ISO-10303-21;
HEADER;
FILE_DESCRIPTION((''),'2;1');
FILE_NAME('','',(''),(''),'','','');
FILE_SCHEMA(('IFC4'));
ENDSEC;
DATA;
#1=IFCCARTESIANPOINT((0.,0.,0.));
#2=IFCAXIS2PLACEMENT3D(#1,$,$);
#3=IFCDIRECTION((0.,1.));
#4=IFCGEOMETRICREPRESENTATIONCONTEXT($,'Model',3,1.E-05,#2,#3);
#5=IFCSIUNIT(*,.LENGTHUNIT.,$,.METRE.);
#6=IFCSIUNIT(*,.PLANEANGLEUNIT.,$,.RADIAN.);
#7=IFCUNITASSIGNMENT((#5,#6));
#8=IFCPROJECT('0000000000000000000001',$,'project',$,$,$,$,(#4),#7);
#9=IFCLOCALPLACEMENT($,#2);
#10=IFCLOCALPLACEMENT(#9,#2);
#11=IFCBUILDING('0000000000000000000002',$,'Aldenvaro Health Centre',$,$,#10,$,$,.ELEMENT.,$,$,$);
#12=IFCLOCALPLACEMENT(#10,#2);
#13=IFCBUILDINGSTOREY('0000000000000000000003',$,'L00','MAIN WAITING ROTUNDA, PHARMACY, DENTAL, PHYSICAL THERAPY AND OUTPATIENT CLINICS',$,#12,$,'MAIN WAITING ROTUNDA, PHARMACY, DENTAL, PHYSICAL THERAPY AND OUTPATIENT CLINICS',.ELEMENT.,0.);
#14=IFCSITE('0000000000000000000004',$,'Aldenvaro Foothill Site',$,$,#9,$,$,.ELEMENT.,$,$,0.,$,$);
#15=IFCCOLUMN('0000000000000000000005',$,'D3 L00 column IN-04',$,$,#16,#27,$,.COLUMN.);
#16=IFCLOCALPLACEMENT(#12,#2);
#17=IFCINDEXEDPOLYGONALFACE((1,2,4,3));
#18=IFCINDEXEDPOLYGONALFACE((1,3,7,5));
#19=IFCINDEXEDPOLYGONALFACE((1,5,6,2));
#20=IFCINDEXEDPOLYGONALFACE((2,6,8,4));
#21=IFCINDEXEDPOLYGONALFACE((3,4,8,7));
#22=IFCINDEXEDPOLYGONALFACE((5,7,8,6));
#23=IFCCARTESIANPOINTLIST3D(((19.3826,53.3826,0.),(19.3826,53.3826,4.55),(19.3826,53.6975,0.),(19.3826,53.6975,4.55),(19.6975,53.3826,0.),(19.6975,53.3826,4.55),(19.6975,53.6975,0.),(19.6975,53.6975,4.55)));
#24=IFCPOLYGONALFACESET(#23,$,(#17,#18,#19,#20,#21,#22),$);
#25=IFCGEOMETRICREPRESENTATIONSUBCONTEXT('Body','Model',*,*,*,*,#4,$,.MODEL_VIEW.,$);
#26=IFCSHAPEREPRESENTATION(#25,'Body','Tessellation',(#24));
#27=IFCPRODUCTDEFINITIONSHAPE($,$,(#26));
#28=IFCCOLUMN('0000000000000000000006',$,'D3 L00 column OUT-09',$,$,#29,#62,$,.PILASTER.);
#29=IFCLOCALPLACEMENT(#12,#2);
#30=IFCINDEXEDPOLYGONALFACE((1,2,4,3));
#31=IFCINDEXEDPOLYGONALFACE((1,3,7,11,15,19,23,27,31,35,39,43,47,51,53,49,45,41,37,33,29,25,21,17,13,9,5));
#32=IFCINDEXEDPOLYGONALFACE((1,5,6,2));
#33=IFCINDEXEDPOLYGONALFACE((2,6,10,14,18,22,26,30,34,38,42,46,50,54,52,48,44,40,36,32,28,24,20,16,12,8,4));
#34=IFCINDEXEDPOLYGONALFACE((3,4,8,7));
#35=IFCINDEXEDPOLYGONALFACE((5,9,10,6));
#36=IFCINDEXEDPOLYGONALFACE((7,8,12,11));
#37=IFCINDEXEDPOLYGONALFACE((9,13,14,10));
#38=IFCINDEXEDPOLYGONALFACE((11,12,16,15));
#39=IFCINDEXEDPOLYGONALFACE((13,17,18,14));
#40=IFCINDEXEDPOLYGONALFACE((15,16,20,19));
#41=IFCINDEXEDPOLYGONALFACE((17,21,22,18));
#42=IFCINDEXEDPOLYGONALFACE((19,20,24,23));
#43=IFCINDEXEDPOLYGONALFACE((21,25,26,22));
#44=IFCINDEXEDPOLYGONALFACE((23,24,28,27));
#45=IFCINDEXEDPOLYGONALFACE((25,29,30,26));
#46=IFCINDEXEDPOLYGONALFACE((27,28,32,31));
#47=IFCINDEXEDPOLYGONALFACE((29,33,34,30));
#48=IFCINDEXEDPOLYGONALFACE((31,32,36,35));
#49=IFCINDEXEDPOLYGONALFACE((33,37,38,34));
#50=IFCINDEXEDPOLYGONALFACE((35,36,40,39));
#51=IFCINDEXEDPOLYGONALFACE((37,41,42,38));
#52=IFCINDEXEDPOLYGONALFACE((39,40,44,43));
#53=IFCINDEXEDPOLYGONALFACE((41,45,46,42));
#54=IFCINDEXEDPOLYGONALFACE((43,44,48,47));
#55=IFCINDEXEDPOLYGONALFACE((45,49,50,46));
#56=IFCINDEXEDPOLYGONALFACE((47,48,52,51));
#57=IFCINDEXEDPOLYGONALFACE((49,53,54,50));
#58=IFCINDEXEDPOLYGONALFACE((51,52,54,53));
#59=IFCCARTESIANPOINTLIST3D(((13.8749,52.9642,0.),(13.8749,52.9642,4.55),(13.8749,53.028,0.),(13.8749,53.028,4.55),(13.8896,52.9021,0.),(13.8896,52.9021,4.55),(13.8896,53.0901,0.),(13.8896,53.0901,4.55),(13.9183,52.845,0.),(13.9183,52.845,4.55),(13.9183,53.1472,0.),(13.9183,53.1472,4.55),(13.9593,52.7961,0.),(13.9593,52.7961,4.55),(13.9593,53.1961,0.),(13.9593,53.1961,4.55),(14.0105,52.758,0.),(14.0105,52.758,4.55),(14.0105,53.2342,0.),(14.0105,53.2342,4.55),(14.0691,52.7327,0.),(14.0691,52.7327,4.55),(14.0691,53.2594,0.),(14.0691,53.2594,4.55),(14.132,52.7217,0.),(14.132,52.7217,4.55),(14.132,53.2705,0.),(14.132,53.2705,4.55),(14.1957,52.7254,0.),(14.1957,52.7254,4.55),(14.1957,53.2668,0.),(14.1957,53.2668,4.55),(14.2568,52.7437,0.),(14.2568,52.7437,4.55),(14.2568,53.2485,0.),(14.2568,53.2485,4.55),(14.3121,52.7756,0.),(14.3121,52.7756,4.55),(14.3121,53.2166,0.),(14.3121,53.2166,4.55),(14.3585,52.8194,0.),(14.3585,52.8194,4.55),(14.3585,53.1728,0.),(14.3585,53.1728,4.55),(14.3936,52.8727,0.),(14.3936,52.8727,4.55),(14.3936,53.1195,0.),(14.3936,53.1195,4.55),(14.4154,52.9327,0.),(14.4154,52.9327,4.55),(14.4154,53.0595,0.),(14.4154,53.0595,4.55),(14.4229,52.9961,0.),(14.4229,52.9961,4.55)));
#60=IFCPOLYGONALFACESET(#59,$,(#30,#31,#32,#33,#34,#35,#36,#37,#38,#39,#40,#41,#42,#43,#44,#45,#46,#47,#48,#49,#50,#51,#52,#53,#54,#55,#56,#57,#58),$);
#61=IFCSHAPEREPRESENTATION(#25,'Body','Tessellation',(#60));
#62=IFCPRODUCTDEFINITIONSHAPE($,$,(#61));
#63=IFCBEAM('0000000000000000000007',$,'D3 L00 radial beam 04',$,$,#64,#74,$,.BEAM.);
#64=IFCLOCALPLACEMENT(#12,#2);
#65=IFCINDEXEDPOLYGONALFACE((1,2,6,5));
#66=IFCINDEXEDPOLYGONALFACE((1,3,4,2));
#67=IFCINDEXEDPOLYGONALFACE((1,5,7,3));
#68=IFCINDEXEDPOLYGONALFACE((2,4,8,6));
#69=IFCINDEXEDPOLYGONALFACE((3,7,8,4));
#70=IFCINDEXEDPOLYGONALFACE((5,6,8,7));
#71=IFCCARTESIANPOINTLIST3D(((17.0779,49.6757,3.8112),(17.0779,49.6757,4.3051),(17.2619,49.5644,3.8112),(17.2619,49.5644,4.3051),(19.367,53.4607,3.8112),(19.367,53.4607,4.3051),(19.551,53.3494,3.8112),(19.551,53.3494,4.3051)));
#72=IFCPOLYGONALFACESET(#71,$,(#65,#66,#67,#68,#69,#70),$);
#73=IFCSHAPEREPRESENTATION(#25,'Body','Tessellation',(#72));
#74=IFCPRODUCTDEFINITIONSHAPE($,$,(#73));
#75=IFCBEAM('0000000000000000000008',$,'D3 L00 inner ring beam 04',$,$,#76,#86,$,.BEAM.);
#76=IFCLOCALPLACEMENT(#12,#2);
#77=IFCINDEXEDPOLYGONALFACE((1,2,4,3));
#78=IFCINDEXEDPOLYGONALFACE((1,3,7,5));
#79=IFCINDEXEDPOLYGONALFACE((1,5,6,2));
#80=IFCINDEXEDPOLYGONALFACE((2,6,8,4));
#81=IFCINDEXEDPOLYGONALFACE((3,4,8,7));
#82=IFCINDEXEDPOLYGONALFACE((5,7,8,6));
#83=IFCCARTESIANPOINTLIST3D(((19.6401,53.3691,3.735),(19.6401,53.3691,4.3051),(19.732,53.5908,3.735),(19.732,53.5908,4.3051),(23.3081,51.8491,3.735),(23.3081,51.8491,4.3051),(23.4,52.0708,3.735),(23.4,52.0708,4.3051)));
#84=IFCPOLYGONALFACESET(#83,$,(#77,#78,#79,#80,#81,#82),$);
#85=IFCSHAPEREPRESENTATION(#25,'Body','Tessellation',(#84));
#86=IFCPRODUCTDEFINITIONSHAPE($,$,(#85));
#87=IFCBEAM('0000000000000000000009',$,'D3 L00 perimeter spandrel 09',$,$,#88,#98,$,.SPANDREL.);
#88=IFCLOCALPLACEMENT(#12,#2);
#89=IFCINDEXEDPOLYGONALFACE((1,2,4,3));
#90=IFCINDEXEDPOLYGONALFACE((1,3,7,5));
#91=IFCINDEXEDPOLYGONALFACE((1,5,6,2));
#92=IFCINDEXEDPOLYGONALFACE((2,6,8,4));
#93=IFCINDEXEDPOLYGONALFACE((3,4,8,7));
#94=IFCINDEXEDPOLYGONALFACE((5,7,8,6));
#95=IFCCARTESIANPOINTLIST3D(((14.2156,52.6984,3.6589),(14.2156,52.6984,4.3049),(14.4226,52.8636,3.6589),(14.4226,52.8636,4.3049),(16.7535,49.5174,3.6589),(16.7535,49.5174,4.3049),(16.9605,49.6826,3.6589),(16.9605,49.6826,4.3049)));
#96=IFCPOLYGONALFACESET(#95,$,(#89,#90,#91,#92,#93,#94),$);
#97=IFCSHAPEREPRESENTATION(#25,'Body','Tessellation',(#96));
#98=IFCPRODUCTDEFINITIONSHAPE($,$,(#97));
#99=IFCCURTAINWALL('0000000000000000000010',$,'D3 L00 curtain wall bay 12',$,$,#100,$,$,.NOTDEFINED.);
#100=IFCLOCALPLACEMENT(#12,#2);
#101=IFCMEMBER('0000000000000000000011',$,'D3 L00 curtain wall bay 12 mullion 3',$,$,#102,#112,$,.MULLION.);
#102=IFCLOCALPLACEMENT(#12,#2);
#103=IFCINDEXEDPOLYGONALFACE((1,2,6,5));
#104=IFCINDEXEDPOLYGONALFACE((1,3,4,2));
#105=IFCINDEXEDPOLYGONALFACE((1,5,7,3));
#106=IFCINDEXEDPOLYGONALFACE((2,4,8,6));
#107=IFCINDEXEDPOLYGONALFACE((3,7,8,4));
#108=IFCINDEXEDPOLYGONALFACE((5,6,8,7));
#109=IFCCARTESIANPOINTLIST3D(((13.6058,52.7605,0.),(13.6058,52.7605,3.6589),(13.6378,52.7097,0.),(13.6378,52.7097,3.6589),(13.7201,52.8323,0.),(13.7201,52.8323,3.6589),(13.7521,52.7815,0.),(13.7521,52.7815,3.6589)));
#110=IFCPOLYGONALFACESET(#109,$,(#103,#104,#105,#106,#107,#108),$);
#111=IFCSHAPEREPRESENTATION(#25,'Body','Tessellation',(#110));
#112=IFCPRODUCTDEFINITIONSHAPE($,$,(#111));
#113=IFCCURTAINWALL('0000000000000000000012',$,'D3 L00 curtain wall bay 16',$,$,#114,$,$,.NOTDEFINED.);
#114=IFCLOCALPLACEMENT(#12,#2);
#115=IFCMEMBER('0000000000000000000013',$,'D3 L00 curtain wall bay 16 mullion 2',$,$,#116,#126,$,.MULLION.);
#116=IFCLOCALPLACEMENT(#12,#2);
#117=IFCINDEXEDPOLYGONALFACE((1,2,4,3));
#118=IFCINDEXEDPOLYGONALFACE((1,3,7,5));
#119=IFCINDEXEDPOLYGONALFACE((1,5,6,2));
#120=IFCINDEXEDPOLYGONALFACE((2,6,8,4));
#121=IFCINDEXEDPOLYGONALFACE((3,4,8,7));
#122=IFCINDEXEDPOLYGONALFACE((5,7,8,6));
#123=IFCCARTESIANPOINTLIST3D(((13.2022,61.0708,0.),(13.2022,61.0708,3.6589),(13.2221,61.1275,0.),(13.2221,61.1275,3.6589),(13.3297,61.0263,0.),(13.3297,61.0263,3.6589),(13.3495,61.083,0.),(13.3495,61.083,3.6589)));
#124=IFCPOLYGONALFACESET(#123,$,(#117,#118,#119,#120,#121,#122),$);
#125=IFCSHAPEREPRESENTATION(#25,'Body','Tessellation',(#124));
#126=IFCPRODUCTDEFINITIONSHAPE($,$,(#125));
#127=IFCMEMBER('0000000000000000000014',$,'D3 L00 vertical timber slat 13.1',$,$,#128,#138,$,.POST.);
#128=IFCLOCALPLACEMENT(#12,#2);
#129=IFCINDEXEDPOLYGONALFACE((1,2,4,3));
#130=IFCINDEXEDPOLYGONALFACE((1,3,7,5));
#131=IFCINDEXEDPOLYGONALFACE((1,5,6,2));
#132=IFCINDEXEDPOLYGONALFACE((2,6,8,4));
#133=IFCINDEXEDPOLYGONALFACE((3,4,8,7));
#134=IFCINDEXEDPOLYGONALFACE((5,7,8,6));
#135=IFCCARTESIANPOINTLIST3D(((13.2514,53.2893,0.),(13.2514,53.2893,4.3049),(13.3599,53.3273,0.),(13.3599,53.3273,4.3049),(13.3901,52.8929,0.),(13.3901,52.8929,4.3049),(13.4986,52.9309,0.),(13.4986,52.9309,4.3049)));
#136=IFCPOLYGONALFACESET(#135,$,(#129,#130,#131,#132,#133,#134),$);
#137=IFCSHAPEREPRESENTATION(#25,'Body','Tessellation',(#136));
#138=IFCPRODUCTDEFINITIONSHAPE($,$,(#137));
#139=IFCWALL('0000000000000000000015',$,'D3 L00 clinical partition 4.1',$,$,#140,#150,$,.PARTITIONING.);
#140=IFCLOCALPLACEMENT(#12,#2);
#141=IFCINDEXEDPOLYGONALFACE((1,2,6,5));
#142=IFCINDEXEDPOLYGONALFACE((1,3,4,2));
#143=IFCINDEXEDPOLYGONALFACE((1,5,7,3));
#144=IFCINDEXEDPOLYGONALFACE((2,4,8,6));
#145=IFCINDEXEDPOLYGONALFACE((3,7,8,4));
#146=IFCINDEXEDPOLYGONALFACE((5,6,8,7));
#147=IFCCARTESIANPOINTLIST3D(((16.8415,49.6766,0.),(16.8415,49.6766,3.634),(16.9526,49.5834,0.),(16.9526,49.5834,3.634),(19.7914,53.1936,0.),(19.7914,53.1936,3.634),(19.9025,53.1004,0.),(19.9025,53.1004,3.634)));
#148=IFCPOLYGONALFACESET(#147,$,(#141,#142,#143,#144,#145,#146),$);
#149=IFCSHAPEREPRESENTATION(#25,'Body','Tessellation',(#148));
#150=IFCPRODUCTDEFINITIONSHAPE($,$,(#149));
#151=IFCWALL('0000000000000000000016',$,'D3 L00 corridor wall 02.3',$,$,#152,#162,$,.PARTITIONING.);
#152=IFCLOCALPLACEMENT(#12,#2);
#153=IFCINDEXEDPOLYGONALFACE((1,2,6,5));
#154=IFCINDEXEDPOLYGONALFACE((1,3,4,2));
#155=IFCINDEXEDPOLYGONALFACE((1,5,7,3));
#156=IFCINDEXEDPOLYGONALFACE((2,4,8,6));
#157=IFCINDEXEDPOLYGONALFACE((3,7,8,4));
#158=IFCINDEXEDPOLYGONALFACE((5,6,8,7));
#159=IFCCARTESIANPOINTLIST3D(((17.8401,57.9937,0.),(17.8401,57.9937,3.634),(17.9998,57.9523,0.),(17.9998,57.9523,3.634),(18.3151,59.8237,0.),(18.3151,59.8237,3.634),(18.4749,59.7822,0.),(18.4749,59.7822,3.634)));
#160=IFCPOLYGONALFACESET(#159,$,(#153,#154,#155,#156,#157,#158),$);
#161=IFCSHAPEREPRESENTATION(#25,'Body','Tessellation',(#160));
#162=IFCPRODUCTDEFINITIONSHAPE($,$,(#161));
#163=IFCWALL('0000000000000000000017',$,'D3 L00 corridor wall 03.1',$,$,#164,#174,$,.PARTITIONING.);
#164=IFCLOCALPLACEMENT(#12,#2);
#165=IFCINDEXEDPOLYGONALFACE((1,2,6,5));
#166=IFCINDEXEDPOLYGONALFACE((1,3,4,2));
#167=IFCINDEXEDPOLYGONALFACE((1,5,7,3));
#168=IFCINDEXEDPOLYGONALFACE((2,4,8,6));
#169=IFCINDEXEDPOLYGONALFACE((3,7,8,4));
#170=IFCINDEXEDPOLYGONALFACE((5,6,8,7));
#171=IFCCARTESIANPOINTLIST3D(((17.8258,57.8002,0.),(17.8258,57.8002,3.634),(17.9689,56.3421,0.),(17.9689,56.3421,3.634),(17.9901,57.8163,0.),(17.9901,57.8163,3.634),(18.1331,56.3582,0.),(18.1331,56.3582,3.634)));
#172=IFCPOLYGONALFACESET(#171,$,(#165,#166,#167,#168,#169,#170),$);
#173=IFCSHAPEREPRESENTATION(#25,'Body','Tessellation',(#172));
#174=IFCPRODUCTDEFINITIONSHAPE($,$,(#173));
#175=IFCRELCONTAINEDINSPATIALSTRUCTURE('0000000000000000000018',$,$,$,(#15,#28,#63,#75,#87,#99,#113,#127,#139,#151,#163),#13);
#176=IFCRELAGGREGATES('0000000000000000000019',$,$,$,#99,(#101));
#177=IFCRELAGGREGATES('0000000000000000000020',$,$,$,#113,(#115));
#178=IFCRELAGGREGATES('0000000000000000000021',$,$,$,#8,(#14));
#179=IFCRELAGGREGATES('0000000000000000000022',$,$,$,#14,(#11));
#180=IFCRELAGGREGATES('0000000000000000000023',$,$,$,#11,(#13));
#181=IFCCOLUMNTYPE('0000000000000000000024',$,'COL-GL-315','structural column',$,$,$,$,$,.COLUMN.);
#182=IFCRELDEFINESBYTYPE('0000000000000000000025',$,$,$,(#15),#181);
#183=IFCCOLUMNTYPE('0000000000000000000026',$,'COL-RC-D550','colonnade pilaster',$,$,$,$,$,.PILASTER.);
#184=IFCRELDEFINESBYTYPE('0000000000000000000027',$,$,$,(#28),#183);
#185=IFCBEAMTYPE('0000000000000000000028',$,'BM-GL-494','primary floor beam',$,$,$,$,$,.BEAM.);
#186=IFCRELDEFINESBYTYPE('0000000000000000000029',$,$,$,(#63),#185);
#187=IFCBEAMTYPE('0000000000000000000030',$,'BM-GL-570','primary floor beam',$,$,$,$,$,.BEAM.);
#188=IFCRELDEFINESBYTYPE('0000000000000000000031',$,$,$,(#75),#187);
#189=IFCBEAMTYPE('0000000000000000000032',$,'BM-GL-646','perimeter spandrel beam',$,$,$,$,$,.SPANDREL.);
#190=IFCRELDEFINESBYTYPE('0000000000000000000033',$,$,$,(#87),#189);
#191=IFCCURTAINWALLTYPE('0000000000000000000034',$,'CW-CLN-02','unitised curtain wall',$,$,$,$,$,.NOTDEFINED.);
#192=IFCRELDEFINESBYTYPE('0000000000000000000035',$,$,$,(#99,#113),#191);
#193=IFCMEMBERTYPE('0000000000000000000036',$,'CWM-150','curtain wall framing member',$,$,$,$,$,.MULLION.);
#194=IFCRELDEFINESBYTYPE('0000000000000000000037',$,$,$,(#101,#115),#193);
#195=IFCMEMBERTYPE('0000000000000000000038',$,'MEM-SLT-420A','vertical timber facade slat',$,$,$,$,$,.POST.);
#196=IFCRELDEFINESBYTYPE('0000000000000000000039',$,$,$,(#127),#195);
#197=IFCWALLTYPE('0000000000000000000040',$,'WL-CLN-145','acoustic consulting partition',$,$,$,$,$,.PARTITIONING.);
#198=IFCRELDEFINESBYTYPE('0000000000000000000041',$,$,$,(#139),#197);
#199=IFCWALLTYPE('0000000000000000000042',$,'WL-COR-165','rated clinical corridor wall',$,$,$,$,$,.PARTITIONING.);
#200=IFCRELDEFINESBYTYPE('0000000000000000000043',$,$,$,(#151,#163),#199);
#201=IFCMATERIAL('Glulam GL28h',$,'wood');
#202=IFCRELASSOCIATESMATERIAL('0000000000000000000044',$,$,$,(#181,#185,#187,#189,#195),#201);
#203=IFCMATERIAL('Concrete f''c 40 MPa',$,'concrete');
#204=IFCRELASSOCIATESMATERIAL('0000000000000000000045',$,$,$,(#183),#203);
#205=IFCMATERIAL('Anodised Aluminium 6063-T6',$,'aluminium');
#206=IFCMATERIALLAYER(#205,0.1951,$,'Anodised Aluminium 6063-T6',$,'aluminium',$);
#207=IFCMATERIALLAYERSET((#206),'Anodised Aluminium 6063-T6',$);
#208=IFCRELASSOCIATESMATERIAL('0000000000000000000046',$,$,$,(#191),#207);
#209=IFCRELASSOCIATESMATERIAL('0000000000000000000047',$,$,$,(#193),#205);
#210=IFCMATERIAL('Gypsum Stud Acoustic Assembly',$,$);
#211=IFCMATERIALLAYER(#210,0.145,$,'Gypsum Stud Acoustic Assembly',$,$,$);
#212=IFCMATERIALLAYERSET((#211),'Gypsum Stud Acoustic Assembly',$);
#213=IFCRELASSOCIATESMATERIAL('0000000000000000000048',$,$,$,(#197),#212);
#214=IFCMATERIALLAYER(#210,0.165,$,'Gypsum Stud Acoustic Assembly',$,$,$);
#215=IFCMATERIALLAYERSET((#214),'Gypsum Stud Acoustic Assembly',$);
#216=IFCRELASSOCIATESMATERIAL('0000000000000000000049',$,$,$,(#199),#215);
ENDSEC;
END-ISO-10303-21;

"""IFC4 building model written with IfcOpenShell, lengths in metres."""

from ifc_helpers import new_model, si_unit, direction, frame, frame_2d, origin, origin_2d, place, context, subcontext, project, spatial, rectangle, circle, extrude, material, layer, layer_set, material_profile, profile_set, type_object, element, aggregate, save


model = new_model("IFC4")

# Units and contexts
model_context = context("Model", 3, precision=1e-05, world=origin(), true_north=direction((0.0, 1.0)))
body_context = subcontext(model_context, "Body", "Model", "MODEL_VIEW")
ifc_project = project(units=[si_unit("LENGTHUNIT", "METRE"), si_unit("PLANEANGLEUNIT", "RADIAN")], contexts=[model_context])

# Site, building, storey
site_placement = place(None, origin())
site = spatial("IfcSite", under=ifc_project, at=site_placement, Name="Aldenvaro Foothill Site", CompositionType="ELEMENT", RefElevation=0.0)
building_placement = place(site_placement, origin())
building = spatial("IfcBuilding", under=site, at=building_placement, Name="Aldenvaro Health Centre", CompositionType="ELEMENT")
storey_placement = place(building_placement, origin())
storey = spatial("IfcBuildingStorey", under=building, at=storey_placement, Name="L00", Description="MAIN WAITING ROTUNDA, PHARMACY, DENTAL, PHYSICAL THERAPY AND OUTPATIENT CLINICS", LongName="MAIN WAITING ROTUNDA, PHARMACY, DENTAL, PHYSICAL THERAPY AND OUTPATIENT CLINICS", CompositionType="ELEMENT", Elevation=0.0)

# Columns
ifc_material_1 = material(Name="Glulam GL28h", Category="wood")
ifc_material_profile_1 = material_profile(ifc_material_1, rectangle(XDim=0.3149, YDim=0.3149, at=origin_2d()), Name="GL 315x315", Category="wood")
ifc_profile_set_1 = profile_set([ifc_material_profile_1], Name="Glulam GL28h")
column_type_1 = type_object("IfcColumnType", Name="COL-GL-315", Description="structural column", PredefinedType="COLUMN", material=ifc_profile_set_1)
column_1_placement = place(storey_placement, frame((19.54, 53.54, 0.0), z_axis=(0.0, 0.0, 1.0), x_axis=(1.0, 0.0, 0.0)))
element("IfcColumn", 1, at=column_1_placement, inside=storey, type_object=column_type_1, Name="D3 L00 column IN-04", PredefinedType="COLUMN", context=body_context, shape_type="SweptSolid", body=[
    extrude(rectangle(XDim=0.3149, YDim=0.3149, at=origin_2d()), origin(), (0.0, 0.0, 1.0), 4.55),
])
ifc_material_2 = material(Name="Concrete f'c 40 MPa", Category="concrete")
ifc_material_profile_2 = material_profile(ifc_material_2, circle(Radius=0.2749, at=origin_2d()), Name="RC D550", Category="concrete")
ifc_profile_set_2 = profile_set([ifc_material_profile_2], Name="Concrete f'c 40 MPa")
column_type_2 = type_object("IfcColumnType", Name="COL-RC-D550", Description="colonnade pilaster", PredefinedType="PILASTER", material=ifc_profile_set_2)
column_2_placement = place(storey_placement, frame((14.1479, 52.9961, 0.0), z_axis=(0.0, 0.0, 1.0), x_axis=(1.0, 0.0, 0.0)))
element("IfcColumn", 2, at=column_2_placement, inside=storey, type_object=column_type_2, Name="D3 L00 column OUT-09", PredefinedType="PILASTER", context=body_context, shape_type="SweptSolid", body=[
    extrude(circle(Radius=0.2749, at=origin_2d()), origin(), (0.0, 0.0, 1.0), 4.55),
])

# Beams
ifc_material_profile_3 = material_profile(ifc_material_1, rectangle(XDim=0.2151, YDim=0.4939, at=origin_2d()), Name="GL 215x494", Category="wood")
ifc_profile_set_3 = profile_set([ifc_material_profile_3], Name="Glulam GL28h")
beam_type_1 = type_object("IfcBeamType", Name="BM-GL-494", Description="primary floor beam", PredefinedType="BEAM", material=ifc_profile_set_3)
beam_1_placement = place(storey_placement, frame((19.459, 53.405, 4.0581), z_axis=(-0.517504, -0.855681, 0.0), x_axis=(0.855681, -0.517504, 0.0)))
element("IfcBeam", 3, at=beam_1_placement, inside=storey, type_object=beam_type_1, Name="D3 L00 radial beam 04", PredefinedType="BEAM", context=body_context, shape_type="SweptSolid", body=[
    extrude(rectangle(XDim=0.2151, YDim=0.4939, at=origin_2d()), origin(), (0.0, 0.0, 1.0), 4.4233),
])
ifc_material_profile_4 = material_profile(ifc_material_1, rectangle(XDim=0.24, YDim=0.5701, at=origin_2d()), Name="GL 240x570", Category="wood")
ifc_profile_set_4 = profile_set([ifc_material_profile_4], Name="Glulam GL28h")
beam_type_2 = type_object("IfcBeamType", Name="BM-GL-570", Description="primary floor beam", PredefinedType="BEAM", material=ifc_profile_set_4)
beam_2_placement = place(storey_placement, frame((19.686, 53.48, 4.02), z_axis=(0.923817, -0.382833, 0.0), x_axis=(0.382833, 0.923817, 0.0)))
element("IfcBeam", 4, at=beam_2_placement, inside=storey, type_object=beam_type_2, Name="D3 L00 inner ring beam 04", PredefinedType="BEAM", context=body_context, shape_type="SweptSolid", body=[
    extrude(rectangle(XDim=0.24, YDim=0.5701, at=origin_2d()), origin(), (0.0, 0.0, 1.0), 3.9705),
])
ifc_material_profile_5 = material_profile(ifc_material_1, rectangle(XDim=0.2649, YDim=0.646, at=origin_2d()), Name="GL 265x646", Category="wood")
ifc_profile_set_5 = profile_set([ifc_material_profile_5], Name="Glulam GL28h")
beam_type_3 = type_object("IfcBeamType", Name="BM-GL-646", Description="perimeter spandrel beam", PredefinedType="SPANDREL", material=ifc_profile_set_5)
beam_3_placement = place(storey_placement, frame((14.3191, 52.781, 3.9819), z_axis=(0.623663, -0.781693, 0.0), x_axis=(0.781693, 0.623663, 0.0)))
element("IfcBeam", 5, at=beam_3_placement, inside=storey, type_object=beam_type_3, Name="D3 L00 perimeter spandrel 09", PredefinedType="SPANDREL", context=body_context, shape_type="SweptSolid", body=[
    extrude(rectangle(XDim=0.2649, YDim=0.646, at=origin_2d()), origin(), (0.0, 0.0, 1.0), 4.0693),
])

# Curtain walls, members
ifc_material_3 = material(Name="Anodised Aluminium 6063-T6", Category="aluminium")
ifc_layer_1 = layer(ifc_material_3, 0.1951, Name="Anodised Aluminium 6063-T6", Category="aluminium")
ifc_layer_set_1 = layer_set([ifc_layer_1], Name="Anodised Aluminium 6063-T6")
curtain_wall_type = type_object("IfcCurtainWallType", Name="CW-CLN-02", Description="unitised curtain wall", PredefinedType="NOTDEFINED", material=ifc_layer_set_1)
curtain_wall_1_placement = place(storey_placement, origin())
curtain_wall_1 = element("IfcCurtainWall", 6, at=curtain_wall_1_placement, inside=storey, type_object=curtain_wall_type, Name="D3 L00 curtain wall bay 12", PredefinedType="NOTDEFINED")
ifc_material_profile_6 = material_profile(ifc_material_3, rectangle(XDim=0.0601, YDim=0.135, at=origin_2d()), Name="ALU 60x135", Category="aluminium")
ifc_profile_set_6 = profile_set([ifc_material_profile_6], Name="Anodised Aluminium 6063-T6")
member_type_1 = type_object("IfcMemberType", Name="CWM-150", Description="curtain wall framing member", PredefinedType="MULLION", material=ifc_profile_set_6)
member_1_placement = place(storey_placement, frame((13.679, 52.771, 0.0), z_axis=(0.0, 0.0, 1.0), x_axis=(-0.532096, 0.846684, 0.0)))
member_1 = element("IfcMember", 7, at=member_1_placement, type_object=member_type_1, Name="D3 L00 curtain wall bay 12 mullion 3", PredefinedType="MULLION", context=body_context, shape_type="SweptSolid", body=[
    extrude(rectangle(XDim=0.0601, YDim=0.135, at=origin_2d()), origin(), (0.0, 0.0, 1.0), 3.6589),
])
aggregate(curtain_wall_1, [member_1])
curtain_wall_2_placement = place(storey_placement, origin())
curtain_wall_2 = element("IfcCurtainWall", 8, at=curtain_wall_2_placement, inside=storey, type_object=curtain_wall_type, Name="D3 L00 curtain wall bay 16", PredefinedType="NOTDEFINED")
member_2_placement = place(storey_placement, frame((13.2759, 61.0769, 0.0), z_axis=(0.0, 0.0, 1.0), x_axis=(0.330204, 0.943909, 0.0)))
member_2 = element("IfcMember", 9, at=member_2_placement, type_object=member_type_1, Name="D3 L00 curtain wall bay 16 mullion 2", PredefinedType="MULLION", context=body_context, shape_type="SweptSolid", body=[
    extrude(rectangle(XDim=0.0601, YDim=0.135, at=origin_2d()), origin(), (0.0, 0.0, 1.0), 3.6589),
])
aggregate(curtain_wall_2, [member_2])

# Member
ifc_material_profile_7 = material_profile(ifc_material_1, rectangle(XDim=0.115, YDim=0.4199, at=origin_2d()), Name="GL 115x420", Category="wood")
ifc_profile_set_7 = profile_set([ifc_material_profile_7], Name="Glulam GL28h")
member_type_2 = type_object("IfcMemberType", Name="MEM-SLT-420A", Description="vertical timber facade slat", PredefinedType="POST", material=ifc_profile_set_7)
member_3_placement = place(storey_placement, frame((13.375, 53.1101, 0.0), z_axis=(0.0, 0.0, 1.0), x_axis=(-0.943909, -0.330204, 0.0)))
element("IfcMember", 10, at=member_3_placement, inside=storey, type_object=member_type_2, Name="D3 L00 vertical timber slat 13.1", PredefinedType="POST", context=body_context, shape_type="SweptSolid", body=[
    extrude(rectangle(XDim=0.115, YDim=0.4199, at=origin_2d()), origin(), (0.0, 0.0, 1.0), 4.3049),
])

# Walls
ifc_material_4 = material(Name="Gypsum Stud Acoustic Assembly")
ifc_layer_2 = layer(ifc_material_4, 0.145, Name="Gypsum Stud Acoustic Assembly")
ifc_layer_set_2 = layer_set([ifc_layer_2], Name="Gypsum Stud Acoustic Assembly")
wall_type_1 = type_object("IfcWallType", Name="WL-CLN-145", Description="acoustic consulting partition", PredefinedType="PARTITIONING", material=ifc_layer_set_2)
wall_1_placement = place(storey_placement, frame((19.8469, 53.147, 0.0), z_axis=(0.0, 0.0, 1.0), x_axis=(-0.642629, -0.766177, 0.0)))
element("IfcWall", 11, at=wall_1_placement, inside=storey, type_object=wall_type_1, Name="D3 L00 clinical partition 4.1", PredefinedType="PARTITIONING", context=body_context, shape_type="SweptSolid", body=[
    extrude(rectangle(XDim=4.5903, YDim=0.145, at=frame_2d((2.2952, 0.0))), origin(), (0.0, 0.0, 1.0), 3.634),
])
ifc_layer_3 = layer(ifc_material_4, 0.165, Name="Gypsum Stud Acoustic Assembly")
ifc_layer_set_3 = layer_set([ifc_layer_3], Name="Gypsum Stud Acoustic Assembly")
wall_type_2 = type_object("IfcWallType", Name="WL-COR-165", Description="rated clinical corridor wall", PredefinedType="PARTITIONING", material=ifc_layer_set_3)
wall_2_placement = place(storey_placement, frame((18.395, 59.803, 0.0), z_axis=(0.0, 0.0, 1.0), x_axis=(-0.251276, -0.967916, 0.0)))
element("IfcWall", 12, at=wall_2_placement, inside=storey, type_object=wall_type_2, Name="D3 L00 corridor wall 02.3", PredefinedType="PARTITIONING", context=body_context, shape_type="SweptSolid", body=[
    extrude(rectangle(XDim=1.8906, YDim=0.165, at=frame_2d((0.9453, 0.0))), origin(), (0.0, 0.0, 1.0), 3.634),
])
wall_3_placement = place(storey_placement, frame((17.908, 57.8081, 0.0), z_axis=(0.0, 0.0, 1.0), x_axis=(0.097656, -0.99522, 0.0)))
element("IfcWall", 13, at=wall_3_placement, inside=storey, type_object=wall_type_2, Name="D3 L00 corridor wall 03.1", PredefinedType="PARTITIONING", context=body_context, shape_type="SweptSolid", body=[
    extrude(rectangle(XDim=1.4651, YDim=0.165, at=frame_2d((0.7324, 0.0))), origin(), (0.0, 0.0, 1.0), 3.634),
])

save(model, "model.ifc")
